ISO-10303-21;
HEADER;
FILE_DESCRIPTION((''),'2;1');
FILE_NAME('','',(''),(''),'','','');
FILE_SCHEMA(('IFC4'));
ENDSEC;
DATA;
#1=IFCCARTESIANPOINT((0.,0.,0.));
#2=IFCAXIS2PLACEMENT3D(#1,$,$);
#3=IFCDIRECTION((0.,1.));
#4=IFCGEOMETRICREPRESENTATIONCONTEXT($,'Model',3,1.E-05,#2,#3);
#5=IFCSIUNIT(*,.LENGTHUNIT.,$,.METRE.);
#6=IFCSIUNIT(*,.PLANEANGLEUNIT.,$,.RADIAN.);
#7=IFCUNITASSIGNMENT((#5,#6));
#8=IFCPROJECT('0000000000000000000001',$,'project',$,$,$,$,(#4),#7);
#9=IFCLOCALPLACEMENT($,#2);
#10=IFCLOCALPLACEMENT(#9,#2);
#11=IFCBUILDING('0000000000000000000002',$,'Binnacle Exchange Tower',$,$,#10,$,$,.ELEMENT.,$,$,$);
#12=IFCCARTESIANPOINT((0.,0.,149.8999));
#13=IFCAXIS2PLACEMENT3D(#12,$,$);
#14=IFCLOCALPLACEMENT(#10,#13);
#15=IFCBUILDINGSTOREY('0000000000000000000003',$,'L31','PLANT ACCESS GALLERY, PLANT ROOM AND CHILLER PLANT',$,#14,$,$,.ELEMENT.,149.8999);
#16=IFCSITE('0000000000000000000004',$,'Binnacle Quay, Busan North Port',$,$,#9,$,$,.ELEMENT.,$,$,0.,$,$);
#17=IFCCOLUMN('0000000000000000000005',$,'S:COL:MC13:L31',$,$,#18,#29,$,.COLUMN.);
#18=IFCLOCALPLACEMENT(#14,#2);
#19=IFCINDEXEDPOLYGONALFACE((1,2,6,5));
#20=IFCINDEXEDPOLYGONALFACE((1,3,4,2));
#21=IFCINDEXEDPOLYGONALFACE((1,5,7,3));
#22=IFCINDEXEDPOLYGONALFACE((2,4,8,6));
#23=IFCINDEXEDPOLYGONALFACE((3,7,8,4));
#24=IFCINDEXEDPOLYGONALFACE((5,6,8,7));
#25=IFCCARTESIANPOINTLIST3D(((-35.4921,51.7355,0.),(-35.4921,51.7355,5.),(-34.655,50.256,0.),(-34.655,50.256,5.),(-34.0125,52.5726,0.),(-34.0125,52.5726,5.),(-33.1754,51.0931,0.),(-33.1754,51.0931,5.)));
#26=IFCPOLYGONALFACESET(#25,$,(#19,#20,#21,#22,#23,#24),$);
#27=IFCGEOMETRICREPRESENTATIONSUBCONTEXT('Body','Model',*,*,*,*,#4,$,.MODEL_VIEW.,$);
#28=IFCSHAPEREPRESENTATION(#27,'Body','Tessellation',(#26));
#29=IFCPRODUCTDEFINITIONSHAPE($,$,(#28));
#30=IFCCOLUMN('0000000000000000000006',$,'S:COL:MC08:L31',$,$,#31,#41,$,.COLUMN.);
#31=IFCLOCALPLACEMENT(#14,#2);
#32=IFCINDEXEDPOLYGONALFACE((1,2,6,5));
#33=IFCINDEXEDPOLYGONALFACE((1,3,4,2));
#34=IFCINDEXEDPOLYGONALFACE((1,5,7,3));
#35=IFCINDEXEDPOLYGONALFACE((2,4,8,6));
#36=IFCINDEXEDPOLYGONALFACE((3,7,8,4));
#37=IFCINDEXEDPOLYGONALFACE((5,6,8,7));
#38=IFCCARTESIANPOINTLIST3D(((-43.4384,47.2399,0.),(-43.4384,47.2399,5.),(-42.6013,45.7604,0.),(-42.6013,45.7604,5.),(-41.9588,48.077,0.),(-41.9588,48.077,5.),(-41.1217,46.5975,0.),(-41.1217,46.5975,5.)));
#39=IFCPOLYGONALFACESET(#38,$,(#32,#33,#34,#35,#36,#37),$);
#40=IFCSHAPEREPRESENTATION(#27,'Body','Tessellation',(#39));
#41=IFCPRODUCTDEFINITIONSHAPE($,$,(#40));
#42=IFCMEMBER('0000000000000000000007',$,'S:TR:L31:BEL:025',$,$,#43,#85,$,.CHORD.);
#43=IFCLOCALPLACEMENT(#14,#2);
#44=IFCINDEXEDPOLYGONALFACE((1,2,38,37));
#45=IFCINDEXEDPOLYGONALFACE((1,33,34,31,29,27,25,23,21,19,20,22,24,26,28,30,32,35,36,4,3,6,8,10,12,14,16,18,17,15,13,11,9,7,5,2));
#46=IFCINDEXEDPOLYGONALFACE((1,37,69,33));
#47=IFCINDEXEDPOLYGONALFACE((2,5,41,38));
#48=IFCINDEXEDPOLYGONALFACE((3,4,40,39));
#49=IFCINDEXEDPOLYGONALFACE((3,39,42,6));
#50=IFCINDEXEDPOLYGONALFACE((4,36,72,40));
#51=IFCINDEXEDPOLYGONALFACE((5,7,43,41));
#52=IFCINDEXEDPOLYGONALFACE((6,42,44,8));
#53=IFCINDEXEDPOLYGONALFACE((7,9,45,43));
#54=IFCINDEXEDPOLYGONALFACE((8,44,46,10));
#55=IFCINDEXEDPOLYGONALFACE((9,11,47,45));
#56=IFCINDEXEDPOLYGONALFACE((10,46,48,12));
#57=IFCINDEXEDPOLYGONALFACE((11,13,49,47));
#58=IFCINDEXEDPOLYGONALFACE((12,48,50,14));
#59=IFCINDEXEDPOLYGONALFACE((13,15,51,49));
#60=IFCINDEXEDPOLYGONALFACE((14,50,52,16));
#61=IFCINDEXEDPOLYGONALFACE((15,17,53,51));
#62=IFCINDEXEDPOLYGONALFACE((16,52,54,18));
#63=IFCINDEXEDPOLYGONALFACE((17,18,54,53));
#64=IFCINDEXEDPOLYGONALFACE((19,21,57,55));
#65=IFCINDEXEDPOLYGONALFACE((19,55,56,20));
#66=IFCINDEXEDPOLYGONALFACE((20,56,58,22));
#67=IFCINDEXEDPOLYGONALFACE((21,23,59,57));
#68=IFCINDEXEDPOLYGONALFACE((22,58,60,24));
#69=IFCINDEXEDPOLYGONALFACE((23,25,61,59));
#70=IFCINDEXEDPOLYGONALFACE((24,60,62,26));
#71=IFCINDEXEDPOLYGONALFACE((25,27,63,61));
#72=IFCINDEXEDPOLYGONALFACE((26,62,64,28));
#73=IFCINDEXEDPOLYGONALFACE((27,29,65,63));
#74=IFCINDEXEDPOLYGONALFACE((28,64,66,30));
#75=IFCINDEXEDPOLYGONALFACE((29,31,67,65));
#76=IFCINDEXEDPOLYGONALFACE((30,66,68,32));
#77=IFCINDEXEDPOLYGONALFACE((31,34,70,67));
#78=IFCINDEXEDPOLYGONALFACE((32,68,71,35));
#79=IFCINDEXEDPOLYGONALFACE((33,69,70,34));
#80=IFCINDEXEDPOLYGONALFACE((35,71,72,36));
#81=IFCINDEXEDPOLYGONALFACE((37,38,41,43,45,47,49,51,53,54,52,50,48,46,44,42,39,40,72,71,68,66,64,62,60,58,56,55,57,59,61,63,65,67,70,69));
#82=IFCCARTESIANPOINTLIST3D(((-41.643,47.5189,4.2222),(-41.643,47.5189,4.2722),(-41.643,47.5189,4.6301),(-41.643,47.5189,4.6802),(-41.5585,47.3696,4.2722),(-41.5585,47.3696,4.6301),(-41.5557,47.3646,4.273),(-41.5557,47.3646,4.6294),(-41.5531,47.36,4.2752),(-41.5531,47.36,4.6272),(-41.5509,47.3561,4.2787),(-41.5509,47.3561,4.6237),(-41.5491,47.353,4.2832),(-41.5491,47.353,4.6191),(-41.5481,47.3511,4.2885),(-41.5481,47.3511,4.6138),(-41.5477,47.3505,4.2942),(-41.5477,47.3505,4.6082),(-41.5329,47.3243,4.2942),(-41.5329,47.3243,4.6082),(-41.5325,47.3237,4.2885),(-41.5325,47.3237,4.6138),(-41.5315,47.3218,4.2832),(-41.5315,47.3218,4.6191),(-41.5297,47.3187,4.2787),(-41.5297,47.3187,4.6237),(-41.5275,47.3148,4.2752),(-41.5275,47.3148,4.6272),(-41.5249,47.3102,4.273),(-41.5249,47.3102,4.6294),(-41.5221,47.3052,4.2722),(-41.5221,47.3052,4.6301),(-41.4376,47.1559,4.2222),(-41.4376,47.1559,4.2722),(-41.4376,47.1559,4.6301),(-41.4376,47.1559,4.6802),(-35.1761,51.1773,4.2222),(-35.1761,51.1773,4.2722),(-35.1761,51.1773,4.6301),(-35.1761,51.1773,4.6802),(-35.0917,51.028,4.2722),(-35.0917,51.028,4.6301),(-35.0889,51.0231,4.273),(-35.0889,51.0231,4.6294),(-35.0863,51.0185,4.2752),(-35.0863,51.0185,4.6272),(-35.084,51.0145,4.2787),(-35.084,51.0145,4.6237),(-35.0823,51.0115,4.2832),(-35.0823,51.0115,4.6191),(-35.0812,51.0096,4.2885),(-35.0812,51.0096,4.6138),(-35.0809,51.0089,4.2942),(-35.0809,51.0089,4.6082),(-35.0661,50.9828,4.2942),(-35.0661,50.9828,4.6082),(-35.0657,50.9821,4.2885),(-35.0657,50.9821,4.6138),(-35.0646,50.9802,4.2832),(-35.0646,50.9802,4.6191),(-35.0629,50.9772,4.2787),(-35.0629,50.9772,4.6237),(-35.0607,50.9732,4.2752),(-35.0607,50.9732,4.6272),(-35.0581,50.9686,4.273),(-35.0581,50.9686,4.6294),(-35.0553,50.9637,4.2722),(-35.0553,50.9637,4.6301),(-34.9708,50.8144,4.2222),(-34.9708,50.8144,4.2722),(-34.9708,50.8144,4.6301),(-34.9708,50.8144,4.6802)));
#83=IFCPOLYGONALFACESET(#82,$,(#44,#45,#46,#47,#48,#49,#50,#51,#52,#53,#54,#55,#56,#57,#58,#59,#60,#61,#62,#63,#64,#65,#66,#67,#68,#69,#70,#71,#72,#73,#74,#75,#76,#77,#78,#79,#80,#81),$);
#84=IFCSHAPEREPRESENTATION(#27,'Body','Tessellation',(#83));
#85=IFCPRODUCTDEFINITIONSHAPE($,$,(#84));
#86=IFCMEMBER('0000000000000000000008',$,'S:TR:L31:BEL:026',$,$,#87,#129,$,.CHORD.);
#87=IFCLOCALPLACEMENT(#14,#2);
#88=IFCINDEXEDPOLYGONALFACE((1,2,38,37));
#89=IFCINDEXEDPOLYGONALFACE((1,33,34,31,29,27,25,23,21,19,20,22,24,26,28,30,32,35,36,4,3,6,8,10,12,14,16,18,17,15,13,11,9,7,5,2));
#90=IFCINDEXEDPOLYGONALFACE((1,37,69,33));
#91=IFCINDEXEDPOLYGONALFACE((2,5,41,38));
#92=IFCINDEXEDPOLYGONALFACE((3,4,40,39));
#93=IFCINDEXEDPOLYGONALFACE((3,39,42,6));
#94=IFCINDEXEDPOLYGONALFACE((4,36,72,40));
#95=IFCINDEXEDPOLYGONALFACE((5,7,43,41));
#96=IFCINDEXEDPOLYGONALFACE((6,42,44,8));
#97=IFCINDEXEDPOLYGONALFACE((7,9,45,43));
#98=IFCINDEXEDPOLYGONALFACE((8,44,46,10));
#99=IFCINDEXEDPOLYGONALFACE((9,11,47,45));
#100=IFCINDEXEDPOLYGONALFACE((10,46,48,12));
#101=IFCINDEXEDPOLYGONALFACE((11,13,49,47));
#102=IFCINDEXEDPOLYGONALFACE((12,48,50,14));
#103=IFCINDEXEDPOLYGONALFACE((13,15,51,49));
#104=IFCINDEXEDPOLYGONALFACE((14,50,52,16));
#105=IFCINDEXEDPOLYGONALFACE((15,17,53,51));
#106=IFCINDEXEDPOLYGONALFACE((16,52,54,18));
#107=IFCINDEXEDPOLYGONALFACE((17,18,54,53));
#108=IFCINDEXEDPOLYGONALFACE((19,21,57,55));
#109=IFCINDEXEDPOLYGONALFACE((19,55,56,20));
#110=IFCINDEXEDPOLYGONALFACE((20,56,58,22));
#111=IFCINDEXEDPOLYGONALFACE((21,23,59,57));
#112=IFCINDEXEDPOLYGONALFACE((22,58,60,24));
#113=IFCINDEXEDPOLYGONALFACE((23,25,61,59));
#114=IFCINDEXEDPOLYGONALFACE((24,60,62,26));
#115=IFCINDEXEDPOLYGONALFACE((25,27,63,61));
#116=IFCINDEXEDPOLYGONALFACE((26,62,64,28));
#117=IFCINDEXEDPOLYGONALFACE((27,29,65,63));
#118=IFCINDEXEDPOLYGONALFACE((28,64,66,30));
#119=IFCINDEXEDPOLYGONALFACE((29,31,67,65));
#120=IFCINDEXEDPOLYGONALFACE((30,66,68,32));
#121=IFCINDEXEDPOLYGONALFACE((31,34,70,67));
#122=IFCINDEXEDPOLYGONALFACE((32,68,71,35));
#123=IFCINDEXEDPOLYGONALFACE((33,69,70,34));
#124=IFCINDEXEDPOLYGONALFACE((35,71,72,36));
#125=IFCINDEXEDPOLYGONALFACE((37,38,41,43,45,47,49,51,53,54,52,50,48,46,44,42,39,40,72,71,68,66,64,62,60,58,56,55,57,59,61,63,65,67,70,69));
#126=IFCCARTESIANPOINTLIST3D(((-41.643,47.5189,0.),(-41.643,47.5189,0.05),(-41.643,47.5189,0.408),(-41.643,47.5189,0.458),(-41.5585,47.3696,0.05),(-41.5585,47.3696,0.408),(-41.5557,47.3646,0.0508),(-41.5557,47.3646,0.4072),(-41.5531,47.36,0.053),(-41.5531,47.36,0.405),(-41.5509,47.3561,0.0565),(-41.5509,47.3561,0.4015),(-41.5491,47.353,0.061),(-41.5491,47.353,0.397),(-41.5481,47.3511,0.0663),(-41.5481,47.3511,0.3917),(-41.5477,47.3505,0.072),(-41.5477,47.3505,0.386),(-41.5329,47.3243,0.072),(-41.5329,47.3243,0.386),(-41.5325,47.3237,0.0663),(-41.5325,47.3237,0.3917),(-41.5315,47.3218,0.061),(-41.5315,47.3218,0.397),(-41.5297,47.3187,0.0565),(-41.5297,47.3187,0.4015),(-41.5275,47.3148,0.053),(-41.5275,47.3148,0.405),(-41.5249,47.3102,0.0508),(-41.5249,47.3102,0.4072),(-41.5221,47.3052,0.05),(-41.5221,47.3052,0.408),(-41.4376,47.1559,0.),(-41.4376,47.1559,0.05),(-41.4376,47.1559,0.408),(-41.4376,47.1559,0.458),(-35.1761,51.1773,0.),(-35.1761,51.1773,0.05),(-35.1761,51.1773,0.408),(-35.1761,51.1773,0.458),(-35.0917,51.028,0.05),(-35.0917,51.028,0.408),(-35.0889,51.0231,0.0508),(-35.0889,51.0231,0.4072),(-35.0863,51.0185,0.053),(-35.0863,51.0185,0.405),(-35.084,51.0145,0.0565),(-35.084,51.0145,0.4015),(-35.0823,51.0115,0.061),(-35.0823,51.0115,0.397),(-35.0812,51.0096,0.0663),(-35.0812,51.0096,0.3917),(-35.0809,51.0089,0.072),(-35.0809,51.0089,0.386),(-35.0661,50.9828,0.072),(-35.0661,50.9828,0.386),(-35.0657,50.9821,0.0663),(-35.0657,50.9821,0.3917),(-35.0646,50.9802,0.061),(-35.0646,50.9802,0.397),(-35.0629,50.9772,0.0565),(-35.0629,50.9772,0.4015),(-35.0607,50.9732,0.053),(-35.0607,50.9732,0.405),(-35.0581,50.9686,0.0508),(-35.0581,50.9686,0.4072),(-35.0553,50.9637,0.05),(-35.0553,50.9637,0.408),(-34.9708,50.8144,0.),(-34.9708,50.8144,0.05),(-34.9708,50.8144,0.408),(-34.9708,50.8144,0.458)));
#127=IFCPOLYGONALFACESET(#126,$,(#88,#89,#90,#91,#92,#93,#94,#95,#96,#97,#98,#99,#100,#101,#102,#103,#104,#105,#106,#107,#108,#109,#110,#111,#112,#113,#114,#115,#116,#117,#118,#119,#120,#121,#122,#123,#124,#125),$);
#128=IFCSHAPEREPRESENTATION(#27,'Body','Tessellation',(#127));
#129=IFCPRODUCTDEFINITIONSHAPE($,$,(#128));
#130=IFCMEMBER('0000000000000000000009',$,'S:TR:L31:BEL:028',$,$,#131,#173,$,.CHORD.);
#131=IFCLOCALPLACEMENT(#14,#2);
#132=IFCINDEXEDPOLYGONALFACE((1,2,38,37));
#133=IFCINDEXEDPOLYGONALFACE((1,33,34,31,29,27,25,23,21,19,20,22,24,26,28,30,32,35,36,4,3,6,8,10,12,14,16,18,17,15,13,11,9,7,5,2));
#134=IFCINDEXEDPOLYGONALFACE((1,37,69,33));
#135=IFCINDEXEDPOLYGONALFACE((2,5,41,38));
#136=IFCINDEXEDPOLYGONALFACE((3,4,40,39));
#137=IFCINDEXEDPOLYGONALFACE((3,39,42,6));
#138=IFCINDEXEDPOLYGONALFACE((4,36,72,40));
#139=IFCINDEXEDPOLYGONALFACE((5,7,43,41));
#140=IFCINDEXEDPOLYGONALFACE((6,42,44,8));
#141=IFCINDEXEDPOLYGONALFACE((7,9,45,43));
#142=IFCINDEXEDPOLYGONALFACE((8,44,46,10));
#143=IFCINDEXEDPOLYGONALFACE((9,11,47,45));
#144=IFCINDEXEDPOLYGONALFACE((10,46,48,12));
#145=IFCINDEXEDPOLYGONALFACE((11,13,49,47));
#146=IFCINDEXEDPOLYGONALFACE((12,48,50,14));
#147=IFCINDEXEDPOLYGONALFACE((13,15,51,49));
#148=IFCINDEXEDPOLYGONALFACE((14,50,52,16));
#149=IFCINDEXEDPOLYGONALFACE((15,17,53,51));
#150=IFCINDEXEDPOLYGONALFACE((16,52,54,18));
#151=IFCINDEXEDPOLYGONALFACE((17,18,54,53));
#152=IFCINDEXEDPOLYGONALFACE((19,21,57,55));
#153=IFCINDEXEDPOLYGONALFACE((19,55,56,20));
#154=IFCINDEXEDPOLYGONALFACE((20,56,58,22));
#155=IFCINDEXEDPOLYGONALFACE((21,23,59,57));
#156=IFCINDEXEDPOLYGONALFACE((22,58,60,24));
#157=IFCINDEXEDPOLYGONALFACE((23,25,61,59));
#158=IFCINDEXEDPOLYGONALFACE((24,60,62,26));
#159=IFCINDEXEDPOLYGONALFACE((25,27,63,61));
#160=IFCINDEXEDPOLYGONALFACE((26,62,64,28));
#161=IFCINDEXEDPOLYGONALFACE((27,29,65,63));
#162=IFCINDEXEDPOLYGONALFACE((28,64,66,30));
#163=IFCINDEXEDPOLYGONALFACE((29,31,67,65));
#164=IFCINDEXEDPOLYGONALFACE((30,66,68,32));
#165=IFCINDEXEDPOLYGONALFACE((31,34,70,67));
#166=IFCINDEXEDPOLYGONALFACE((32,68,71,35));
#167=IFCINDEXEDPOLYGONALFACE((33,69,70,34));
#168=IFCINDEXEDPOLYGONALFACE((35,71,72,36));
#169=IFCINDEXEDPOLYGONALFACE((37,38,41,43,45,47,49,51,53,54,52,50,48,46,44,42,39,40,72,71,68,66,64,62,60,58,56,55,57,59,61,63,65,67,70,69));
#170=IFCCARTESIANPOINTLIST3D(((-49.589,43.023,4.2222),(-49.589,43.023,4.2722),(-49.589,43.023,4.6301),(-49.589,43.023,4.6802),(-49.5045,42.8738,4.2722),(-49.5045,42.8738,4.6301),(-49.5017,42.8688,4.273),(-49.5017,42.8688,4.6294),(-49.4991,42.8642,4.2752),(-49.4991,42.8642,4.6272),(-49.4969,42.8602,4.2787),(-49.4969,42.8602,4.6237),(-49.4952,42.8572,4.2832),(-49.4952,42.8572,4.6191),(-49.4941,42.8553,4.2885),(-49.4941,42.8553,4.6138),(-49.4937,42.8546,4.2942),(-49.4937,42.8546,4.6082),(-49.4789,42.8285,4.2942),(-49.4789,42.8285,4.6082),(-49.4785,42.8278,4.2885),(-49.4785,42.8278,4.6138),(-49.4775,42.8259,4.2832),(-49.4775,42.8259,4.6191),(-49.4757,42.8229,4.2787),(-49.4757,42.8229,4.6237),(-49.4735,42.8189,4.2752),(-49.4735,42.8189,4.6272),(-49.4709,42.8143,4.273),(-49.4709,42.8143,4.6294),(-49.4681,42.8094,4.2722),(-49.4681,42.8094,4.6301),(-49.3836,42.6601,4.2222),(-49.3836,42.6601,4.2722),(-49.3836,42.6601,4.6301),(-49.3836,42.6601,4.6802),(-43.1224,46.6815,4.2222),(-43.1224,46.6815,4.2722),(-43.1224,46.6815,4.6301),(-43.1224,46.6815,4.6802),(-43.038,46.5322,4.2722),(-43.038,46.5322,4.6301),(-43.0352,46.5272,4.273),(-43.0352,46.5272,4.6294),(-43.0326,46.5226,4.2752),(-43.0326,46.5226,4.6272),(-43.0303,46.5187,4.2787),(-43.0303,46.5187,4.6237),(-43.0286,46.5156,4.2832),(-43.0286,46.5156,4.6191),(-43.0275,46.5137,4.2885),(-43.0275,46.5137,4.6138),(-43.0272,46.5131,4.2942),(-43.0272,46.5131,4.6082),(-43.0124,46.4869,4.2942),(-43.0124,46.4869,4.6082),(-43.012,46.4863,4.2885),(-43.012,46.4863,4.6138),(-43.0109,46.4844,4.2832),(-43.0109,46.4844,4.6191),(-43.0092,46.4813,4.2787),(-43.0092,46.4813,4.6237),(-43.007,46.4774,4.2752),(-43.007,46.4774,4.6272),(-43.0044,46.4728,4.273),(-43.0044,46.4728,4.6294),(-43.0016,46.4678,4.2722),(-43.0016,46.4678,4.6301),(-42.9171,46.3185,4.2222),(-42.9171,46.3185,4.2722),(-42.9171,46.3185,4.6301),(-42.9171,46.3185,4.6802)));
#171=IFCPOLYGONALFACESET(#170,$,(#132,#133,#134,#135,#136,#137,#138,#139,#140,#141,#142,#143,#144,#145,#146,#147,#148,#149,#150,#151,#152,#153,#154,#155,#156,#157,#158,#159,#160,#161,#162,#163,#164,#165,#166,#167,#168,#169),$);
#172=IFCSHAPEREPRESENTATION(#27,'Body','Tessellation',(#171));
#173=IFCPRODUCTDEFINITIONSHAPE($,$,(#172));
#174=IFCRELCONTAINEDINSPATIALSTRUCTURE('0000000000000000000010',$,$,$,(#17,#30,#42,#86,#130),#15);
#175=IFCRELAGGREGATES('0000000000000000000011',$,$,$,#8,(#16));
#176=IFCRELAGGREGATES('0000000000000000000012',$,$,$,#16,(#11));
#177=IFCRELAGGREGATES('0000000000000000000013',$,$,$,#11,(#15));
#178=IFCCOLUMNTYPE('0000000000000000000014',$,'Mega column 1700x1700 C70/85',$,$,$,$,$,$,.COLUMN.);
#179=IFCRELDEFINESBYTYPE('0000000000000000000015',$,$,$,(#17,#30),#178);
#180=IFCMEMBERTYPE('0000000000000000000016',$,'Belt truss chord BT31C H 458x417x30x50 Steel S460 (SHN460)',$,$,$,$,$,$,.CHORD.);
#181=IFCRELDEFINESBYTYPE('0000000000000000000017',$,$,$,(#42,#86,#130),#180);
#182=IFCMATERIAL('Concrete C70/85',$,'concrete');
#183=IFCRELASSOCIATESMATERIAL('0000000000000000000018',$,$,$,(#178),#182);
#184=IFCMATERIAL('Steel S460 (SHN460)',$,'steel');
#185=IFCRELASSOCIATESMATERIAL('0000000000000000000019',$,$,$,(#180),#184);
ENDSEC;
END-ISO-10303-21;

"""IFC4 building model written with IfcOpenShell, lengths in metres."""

from ifc_helpers import new_model, si_unit, direction, frame, origin, origin_2d, place, context, subcontext, project, spatial, rectangle, i_section, extrude, material, material_profile, profile_set, type_object, element, save


model = new_model("IFC4")

# Units and contexts
model_context = context("Model", 3, precision=1e-05, world=origin(), true_north=direction((0.0, 1.0)))
body_context = subcontext(model_context, "Body", "Model", "MODEL_VIEW")
ifc_project = project(units=[si_unit("LENGTHUNIT", "METRE"), si_unit("PLANEANGLEUNIT", "RADIAN")], contexts=[model_context])

# Site, building, storey
site_placement = place(None, origin())
site = spatial("IfcSite", under=ifc_project, at=site_placement, Name="Binnacle Quay, Busan North Port", CompositionType="ELEMENT", RefElevation=0.0)
building_placement = place(site_placement, origin())
building = spatial("IfcBuilding", under=site, at=building_placement, Name="Binnacle Exchange Tower", CompositionType="ELEMENT")
storey_placement = place(building_placement, frame((0.0, 0.0, 149.8999)))
storey = spatial("IfcBuildingStorey", under=building, at=storey_placement, Name="L31", Description="PLANT ACCESS GALLERY, PLANT ROOM AND CHILLER PLANT", CompositionType="ELEMENT", Elevation=149.8999)

# Columns
ifc_material_1 = material(Name="Concrete C70/85", Category="concrete")
ifc_material_profile_1 = material_profile(ifc_material_1, rectangle(XDim=1.7, YDim=1.7, at=origin_2d()), Name="Mega column 1700x1700 C70/85")
ifc_profile_set_1 = profile_set([ifc_material_profile_1], Name="Concrete C70/85")
column_type = type_object("IfcColumnType", Name="Mega column 1700x1700 C70/85", PredefinedType="COLUMN", material=ifc_profile_set_1)
for number, where, z_axis, x_axis, name in (
    (1, (-34.3337, 51.4143, 0.0), (0.0, 0.0, 1.0), (-0.870356, -0.492424, 0.0), "S:COL:MC13:L31"),
    (2, (-42.28, 46.9187, 0.0), (0.0, 0.0, 1.0), (-0.870356, -0.492424, 0.0), "S:COL:MC08:L31"),
):
    element("IfcColumn", number, at=place(storey_placement, frame(where, z_axis=z_axis, x_axis=x_axis)), inside=storey, type_object=column_type, Name=name, PredefinedType="COLUMN", context=body_context, shape_type="SweptSolid", body=[
        extrude(rectangle(XDim=1.7, YDim=1.7, at=origin_2d()), origin(), (0.0, 0.0, 1.0), 5.0),
    ])

# Members
ifc_material_2 = material(Name="Steel S460 (SHN460)", Category="steel")
ifc_material_profile_2 = material_profile(ifc_material_2, i_section(OverallWidth=0.417, OverallDepth=0.458, WebThickness=0.03, FlangeThickness=0.05, FilletRadius=0.022, at=origin_2d()), Name="H 458x417x30x50")
ifc_profile_set_2 = profile_set([ifc_material_profile_2], Name="Steel S460 (SHN460)")
member_type_1 = type_object("IfcMemberType", Name="Belt truss chord BT31C H 458x417x30x50 Steel S460 (SHN460)", PredefinedType="CHORD", material=ifc_profile_set_2)
for number, where, z_axis, x_axis, name in (
    (3, (-35.0735, 50.9958, 4.4512), (-0.870372, -0.492394, 0.0), (0.492394, -0.870372, 0.0), "S:TR:L31:BEL:025"),
    (4, (-35.0735, 50.9958, 0.229), (-0.870372, -0.492394, 0.0), (0.492394, -0.870372, 0.0), "S:TR:L31:BEL:026"),
):
    element("IfcMember", number, at=place(storey_placement, frame(where, z_axis=z_axis, x_axis=x_axis)), inside=storey, type_object=member_type_1, Name=name, PredefinedType="CHORD", context=body_context, shape_type="SweptSolid", body=[
        extrude(i_section(OverallWidth=0.417, OverallDepth=0.458, WebThickness=0.03, FlangeThickness=0.05, FilletRadius=0.022, at=origin_2d()), origin(), (0.0, 0.0, 1.0), 7.4299),
    ])
for number, where, z_axis, x_axis, name in (
    (5, (-43.0198, 46.5, 4.4512), (-0.870364, -0.492408, 0.0), (0.492408, -0.870364, 0.0), "S:TR:L31:BEL:028"),
):
    element("IfcMember", number, at=place(storey_placement, frame(where, z_axis=z_axis, x_axis=x_axis)), inside=storey, type_object=member_type_1, Name=name, PredefinedType="CHORD", context=body_context, shape_type="SweptSolid", body=[
        extrude(i_section(OverallWidth=0.417, OverallDepth=0.458, WebThickness=0.03, FlangeThickness=0.05, FilletRadius=0.022, at=origin_2d()), origin(), (0.0, 0.0, 1.0), 7.4297),
    ])

save(model, "model.ifc")
